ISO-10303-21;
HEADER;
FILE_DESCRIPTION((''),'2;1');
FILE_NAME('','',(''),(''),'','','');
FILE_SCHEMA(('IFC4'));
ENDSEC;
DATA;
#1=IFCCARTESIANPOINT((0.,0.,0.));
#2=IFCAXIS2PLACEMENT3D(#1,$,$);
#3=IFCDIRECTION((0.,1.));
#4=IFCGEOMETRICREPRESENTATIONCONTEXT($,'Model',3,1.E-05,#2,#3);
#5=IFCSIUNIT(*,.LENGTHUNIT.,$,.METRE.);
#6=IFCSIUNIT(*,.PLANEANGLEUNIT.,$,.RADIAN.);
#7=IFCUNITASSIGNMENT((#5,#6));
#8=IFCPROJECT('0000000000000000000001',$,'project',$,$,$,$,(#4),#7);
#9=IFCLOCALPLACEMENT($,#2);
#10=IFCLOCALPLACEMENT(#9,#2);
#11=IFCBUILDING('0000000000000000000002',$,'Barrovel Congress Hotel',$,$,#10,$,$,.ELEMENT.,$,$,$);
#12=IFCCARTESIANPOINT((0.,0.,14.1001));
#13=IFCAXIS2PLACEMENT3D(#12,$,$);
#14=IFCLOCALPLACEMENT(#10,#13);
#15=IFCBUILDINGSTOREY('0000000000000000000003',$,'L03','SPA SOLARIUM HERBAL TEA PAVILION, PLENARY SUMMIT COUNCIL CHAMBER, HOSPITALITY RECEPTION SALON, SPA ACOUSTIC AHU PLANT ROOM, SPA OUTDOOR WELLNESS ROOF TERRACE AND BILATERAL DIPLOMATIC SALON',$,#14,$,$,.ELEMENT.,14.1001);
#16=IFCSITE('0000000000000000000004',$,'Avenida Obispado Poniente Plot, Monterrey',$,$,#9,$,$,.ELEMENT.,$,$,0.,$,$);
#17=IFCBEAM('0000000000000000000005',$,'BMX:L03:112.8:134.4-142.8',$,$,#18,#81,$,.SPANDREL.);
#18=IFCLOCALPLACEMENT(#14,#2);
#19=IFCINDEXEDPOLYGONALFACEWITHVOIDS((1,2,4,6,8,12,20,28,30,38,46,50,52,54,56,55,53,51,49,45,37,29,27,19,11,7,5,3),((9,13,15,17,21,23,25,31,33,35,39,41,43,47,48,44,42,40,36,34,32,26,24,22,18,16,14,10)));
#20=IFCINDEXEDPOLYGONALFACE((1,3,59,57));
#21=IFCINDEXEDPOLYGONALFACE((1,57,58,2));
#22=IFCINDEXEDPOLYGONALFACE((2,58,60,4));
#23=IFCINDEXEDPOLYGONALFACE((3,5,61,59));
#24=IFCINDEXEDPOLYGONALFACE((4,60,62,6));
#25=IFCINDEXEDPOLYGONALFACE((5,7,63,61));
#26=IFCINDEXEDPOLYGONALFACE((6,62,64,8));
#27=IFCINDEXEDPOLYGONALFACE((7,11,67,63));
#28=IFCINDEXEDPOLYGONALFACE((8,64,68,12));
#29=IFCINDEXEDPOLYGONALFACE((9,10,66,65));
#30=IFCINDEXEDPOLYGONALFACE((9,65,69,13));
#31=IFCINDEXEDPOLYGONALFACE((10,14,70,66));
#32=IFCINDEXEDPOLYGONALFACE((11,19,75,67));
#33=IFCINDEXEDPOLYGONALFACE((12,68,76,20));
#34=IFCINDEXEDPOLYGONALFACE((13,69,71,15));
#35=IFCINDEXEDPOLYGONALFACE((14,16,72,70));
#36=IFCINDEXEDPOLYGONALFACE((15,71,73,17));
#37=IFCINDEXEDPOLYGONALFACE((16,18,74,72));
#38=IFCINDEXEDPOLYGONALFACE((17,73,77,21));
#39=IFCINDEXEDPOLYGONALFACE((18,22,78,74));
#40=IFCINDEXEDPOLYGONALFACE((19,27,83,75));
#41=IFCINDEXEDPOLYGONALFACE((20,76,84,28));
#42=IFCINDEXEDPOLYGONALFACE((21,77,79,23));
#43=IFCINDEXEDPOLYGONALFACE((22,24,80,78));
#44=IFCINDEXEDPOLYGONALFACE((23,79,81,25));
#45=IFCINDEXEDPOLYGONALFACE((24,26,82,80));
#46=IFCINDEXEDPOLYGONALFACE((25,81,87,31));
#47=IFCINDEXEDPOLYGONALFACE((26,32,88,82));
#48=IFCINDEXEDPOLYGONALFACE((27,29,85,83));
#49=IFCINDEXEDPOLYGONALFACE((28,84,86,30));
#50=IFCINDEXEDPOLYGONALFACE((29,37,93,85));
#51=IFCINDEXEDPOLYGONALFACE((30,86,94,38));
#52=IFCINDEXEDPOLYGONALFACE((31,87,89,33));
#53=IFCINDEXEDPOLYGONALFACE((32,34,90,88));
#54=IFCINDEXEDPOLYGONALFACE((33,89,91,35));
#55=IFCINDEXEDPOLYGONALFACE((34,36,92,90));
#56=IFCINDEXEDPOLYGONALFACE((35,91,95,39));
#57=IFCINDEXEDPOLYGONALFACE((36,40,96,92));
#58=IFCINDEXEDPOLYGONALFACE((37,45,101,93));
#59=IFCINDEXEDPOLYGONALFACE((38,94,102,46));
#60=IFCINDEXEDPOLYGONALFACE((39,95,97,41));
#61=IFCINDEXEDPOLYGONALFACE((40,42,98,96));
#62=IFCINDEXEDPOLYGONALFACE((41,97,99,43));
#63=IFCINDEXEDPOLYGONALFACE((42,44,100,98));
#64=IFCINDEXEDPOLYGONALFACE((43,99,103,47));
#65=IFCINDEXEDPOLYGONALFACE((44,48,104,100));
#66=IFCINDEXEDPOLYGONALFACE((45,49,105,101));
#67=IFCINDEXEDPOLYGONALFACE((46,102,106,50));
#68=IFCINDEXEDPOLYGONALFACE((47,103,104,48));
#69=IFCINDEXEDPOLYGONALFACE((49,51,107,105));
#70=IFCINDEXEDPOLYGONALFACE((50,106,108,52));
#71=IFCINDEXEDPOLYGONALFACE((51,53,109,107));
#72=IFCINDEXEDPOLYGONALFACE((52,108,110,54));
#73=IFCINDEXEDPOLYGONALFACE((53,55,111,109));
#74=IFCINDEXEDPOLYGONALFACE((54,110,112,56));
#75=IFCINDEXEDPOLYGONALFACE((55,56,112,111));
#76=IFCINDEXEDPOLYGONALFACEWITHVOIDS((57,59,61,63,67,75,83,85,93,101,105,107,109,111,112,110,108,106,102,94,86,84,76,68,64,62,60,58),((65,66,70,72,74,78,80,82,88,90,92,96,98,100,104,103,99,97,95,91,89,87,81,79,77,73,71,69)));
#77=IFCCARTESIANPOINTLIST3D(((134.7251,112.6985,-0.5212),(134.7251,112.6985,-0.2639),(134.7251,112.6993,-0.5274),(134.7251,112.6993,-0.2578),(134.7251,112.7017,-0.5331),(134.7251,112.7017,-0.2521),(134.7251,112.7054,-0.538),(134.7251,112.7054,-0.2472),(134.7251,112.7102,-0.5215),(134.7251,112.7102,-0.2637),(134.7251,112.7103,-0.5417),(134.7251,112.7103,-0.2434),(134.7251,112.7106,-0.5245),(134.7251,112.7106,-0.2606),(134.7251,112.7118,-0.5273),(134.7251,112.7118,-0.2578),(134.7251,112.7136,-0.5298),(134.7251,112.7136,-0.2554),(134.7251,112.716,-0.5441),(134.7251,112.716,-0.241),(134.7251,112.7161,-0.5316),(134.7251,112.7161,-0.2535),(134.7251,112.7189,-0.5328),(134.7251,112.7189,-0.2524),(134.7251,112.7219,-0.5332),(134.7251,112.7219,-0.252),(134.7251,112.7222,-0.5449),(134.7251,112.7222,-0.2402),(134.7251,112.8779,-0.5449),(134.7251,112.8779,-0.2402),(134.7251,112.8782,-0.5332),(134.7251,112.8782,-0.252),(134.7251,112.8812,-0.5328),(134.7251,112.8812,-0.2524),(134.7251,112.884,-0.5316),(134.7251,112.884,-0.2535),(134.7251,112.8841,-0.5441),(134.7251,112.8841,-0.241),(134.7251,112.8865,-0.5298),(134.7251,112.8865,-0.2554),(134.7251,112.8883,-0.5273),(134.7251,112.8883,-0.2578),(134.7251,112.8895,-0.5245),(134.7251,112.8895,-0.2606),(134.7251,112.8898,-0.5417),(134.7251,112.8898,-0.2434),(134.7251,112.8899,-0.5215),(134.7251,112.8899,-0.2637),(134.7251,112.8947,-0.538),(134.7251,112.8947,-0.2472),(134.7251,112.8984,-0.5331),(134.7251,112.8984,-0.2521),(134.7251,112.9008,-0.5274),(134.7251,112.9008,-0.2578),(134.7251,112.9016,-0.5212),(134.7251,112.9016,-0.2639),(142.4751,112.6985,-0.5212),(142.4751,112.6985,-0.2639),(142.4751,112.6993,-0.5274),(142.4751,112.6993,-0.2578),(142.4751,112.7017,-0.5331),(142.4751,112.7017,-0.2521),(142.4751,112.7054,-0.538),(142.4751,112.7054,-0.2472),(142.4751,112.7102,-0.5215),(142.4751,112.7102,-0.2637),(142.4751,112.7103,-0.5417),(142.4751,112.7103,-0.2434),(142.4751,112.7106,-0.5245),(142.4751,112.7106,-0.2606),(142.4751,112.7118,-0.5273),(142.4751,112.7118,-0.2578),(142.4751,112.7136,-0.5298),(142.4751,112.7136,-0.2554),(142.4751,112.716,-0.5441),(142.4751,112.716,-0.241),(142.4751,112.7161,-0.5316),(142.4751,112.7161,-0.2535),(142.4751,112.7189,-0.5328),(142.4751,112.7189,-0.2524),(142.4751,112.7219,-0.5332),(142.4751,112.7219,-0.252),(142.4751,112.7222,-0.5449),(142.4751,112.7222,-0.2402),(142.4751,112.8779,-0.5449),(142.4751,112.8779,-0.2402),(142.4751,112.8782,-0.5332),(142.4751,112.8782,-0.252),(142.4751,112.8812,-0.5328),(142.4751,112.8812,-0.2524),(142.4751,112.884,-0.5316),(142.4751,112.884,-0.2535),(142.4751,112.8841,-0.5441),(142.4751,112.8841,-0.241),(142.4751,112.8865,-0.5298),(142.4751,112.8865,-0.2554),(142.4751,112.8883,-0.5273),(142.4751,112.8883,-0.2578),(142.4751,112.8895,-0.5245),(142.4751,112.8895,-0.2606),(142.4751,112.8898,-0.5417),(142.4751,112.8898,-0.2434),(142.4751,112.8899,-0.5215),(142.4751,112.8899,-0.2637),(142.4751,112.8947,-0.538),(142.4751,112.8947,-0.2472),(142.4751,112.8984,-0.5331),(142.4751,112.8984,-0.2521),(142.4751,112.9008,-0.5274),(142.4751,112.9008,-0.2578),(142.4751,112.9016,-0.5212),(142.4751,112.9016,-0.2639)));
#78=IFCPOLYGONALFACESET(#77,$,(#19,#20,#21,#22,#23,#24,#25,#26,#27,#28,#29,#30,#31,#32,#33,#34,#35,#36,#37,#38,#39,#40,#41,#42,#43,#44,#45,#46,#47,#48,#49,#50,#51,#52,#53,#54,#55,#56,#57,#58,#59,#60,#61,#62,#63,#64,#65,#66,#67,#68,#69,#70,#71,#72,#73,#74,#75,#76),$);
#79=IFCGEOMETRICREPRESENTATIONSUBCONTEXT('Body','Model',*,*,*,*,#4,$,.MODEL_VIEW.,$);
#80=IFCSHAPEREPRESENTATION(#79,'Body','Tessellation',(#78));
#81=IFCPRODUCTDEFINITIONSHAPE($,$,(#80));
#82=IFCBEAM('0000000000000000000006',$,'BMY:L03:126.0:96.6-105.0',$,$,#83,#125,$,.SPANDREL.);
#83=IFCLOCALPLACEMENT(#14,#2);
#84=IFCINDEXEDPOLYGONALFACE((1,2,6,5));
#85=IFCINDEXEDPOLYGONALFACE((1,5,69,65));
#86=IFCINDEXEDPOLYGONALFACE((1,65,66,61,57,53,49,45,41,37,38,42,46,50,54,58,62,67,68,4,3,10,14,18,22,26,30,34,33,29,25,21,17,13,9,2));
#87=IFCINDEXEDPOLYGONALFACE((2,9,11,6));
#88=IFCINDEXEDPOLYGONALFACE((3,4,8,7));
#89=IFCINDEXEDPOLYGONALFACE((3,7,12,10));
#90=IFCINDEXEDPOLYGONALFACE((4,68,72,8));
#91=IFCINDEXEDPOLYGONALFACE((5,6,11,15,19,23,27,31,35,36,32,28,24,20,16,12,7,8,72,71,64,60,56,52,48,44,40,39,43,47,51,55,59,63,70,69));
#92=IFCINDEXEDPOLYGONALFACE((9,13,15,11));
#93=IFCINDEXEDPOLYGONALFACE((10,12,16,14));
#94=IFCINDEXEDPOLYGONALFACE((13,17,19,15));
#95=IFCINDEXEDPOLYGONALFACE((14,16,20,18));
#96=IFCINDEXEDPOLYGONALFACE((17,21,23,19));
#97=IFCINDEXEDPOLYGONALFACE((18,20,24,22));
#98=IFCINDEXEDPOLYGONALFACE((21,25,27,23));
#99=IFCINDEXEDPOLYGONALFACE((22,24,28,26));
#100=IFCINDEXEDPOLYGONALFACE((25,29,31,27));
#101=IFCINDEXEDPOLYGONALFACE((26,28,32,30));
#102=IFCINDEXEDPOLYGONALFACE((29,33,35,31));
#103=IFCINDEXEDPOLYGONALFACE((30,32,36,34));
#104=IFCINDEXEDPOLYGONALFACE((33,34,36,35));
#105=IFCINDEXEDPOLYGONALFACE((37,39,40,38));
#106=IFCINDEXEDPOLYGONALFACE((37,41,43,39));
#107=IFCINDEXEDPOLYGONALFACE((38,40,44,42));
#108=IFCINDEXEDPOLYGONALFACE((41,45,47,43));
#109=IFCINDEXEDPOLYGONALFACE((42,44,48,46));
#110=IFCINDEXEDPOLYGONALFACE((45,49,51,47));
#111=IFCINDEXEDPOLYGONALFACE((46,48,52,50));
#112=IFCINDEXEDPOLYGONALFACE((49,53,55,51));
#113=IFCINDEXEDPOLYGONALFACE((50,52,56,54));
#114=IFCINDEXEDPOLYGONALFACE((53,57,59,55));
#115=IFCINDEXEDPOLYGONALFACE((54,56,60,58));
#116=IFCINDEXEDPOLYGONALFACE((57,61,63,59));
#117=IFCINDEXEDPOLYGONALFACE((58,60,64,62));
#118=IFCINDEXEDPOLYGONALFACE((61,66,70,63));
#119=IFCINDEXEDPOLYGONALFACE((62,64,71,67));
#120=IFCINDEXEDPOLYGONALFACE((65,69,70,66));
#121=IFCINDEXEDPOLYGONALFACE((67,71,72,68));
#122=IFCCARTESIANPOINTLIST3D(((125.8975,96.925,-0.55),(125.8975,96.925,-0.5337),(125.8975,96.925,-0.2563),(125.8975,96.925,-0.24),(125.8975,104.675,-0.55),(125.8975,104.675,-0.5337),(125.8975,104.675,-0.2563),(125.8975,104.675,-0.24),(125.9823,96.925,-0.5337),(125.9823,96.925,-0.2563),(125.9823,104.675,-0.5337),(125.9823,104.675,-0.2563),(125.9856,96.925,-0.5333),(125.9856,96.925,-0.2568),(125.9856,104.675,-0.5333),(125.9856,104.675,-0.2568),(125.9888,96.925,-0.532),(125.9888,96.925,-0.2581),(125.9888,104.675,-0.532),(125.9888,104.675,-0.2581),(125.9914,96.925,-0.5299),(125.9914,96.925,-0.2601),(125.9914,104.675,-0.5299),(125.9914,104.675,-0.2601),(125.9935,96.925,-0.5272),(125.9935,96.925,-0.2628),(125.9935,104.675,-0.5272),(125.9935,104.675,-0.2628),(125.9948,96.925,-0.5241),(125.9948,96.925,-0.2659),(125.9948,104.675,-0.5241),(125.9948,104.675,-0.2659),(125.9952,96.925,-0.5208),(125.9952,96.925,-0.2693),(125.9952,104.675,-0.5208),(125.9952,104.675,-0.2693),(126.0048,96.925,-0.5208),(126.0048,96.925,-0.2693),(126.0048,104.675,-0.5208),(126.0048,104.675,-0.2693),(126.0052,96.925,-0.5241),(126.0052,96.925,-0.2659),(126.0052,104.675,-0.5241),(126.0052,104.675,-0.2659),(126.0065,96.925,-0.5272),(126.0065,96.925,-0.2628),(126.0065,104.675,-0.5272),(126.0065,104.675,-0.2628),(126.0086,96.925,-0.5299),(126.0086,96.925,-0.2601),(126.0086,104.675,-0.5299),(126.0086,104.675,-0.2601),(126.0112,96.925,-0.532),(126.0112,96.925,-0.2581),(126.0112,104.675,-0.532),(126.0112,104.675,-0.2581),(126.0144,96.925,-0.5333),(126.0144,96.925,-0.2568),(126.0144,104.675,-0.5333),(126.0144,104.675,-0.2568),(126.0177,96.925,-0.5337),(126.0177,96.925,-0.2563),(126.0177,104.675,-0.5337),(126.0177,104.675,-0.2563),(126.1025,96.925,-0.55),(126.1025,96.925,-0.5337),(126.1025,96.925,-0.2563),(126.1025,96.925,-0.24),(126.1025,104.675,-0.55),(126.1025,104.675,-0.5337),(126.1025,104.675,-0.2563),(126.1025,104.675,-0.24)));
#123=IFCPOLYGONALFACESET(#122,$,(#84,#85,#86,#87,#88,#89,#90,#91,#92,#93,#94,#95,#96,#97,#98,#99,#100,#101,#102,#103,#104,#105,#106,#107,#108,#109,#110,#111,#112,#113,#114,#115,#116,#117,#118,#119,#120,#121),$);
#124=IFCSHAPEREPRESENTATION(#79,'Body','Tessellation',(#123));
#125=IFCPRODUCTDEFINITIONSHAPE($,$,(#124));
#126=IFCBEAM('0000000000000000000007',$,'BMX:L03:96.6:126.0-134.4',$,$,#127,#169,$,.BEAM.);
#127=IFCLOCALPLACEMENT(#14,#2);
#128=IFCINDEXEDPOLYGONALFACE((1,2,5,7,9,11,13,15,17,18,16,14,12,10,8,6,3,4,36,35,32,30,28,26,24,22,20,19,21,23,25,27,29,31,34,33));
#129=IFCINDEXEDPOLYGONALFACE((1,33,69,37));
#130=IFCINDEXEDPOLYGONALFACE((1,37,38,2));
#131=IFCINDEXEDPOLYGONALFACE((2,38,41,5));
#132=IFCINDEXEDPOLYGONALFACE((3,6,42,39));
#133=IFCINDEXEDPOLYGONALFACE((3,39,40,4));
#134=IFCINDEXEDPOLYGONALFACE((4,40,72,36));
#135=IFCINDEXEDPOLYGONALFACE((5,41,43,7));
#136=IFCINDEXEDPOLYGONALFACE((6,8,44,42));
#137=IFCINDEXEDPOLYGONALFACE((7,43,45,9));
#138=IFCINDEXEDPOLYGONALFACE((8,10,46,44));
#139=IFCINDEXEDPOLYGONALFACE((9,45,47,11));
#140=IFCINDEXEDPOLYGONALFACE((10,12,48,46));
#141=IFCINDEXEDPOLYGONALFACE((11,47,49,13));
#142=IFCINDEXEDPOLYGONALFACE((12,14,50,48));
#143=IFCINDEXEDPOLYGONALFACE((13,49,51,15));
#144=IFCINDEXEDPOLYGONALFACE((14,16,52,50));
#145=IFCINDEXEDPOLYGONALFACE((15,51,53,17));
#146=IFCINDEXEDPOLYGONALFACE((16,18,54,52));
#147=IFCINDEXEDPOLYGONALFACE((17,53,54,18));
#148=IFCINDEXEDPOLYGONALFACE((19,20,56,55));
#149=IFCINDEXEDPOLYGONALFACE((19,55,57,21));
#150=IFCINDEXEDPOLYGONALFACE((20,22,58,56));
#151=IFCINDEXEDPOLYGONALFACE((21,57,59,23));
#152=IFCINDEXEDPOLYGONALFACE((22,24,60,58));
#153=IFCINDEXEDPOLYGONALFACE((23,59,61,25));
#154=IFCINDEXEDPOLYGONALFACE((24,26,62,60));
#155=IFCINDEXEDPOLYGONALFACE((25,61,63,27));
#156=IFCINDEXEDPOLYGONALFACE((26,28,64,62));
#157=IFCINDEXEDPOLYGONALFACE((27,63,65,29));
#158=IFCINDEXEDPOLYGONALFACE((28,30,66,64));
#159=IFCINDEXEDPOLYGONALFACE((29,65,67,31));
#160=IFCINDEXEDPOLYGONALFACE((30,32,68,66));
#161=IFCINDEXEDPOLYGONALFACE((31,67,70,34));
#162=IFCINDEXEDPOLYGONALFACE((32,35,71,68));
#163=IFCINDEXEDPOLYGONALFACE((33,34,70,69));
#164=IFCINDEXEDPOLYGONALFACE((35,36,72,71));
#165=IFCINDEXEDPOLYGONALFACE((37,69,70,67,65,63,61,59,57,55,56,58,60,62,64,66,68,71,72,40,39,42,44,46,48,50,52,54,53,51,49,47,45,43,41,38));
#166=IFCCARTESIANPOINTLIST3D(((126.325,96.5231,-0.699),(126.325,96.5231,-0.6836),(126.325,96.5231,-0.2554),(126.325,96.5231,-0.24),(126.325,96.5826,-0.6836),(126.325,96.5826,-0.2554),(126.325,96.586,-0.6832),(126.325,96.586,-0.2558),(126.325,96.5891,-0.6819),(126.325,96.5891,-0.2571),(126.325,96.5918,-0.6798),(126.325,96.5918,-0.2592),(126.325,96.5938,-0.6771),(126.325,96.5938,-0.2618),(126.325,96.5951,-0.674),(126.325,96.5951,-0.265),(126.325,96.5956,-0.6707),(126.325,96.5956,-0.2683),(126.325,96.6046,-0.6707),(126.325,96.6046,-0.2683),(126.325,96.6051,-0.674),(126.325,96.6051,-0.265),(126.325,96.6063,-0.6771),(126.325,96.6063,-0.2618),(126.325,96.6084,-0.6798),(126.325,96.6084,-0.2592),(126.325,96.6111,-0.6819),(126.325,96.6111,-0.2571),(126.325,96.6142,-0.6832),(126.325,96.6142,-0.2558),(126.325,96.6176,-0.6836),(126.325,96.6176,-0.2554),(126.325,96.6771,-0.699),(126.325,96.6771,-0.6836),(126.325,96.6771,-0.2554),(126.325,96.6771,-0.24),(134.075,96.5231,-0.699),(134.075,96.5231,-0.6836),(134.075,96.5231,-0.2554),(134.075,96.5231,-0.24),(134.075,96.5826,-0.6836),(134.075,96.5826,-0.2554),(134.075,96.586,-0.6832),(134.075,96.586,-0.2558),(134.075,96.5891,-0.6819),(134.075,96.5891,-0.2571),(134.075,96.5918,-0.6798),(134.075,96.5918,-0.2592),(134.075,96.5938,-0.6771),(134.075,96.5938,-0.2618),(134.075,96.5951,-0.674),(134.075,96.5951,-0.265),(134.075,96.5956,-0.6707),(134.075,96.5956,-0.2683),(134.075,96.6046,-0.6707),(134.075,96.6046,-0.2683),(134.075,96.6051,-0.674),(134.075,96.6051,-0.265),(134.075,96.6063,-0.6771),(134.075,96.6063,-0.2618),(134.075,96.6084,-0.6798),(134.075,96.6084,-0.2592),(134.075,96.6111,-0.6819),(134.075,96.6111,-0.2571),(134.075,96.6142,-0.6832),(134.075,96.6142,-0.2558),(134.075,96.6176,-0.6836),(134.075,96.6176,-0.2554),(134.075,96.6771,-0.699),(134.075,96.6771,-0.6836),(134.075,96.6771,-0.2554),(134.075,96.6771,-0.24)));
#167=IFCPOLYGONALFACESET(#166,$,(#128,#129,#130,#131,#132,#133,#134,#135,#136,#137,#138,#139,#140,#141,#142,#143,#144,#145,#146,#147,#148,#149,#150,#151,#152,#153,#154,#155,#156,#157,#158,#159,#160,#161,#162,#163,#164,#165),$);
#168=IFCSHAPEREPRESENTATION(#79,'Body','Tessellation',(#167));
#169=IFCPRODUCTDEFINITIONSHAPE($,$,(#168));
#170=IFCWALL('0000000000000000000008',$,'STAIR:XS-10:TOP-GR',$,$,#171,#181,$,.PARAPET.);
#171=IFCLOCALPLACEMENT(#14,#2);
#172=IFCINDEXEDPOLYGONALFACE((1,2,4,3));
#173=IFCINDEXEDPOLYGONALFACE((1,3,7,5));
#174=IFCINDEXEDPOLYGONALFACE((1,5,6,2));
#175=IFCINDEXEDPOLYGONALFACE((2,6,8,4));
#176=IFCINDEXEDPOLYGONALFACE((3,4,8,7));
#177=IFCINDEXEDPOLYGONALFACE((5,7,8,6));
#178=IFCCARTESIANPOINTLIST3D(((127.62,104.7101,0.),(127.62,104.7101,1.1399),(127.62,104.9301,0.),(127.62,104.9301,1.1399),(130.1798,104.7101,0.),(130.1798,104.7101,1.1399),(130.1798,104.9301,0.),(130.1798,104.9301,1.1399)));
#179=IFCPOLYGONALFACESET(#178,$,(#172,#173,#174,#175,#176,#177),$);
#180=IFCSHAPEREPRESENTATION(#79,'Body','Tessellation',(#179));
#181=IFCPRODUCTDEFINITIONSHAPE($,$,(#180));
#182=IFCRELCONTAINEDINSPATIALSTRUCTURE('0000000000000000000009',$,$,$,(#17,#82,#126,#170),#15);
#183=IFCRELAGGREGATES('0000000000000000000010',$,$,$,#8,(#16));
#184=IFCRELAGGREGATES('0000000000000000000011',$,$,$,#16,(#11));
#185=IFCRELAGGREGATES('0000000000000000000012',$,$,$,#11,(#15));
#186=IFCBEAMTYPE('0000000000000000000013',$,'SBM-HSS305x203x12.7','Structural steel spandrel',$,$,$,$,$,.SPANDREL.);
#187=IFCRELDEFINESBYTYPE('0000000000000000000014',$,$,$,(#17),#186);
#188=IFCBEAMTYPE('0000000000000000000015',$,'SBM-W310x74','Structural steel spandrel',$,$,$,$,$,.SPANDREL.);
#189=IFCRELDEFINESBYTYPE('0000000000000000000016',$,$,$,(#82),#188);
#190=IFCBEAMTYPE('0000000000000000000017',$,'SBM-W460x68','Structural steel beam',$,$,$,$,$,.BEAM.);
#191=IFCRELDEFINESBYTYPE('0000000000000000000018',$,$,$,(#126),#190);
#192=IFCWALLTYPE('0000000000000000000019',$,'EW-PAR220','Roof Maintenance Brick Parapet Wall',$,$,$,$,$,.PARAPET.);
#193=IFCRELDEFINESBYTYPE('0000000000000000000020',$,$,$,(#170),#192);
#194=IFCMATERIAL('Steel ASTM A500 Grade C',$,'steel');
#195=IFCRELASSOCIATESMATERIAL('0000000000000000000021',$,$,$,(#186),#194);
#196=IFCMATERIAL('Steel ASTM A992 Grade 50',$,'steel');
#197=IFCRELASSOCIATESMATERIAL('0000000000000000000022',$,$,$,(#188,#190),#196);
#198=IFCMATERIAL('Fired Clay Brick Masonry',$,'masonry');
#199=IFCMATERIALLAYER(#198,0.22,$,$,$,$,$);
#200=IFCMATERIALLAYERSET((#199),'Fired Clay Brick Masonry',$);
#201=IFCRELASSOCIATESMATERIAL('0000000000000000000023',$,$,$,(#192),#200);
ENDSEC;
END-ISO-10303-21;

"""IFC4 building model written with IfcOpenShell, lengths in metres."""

from ifc_helpers import new_model, si_unit, direction, frame, frame_2d, origin, origin_2d, place, context, subcontext, project, spatial, rectangle, hollow_rectangle, i_section, extrude, material, layer, layer_set, material_profile, profile_set, type_object, element, save


model = new_model("IFC4")

# Units and contexts
model_context = context("Model", 3, precision=1e-05, world=origin(), true_north=direction((0.0, 1.0)))
body_context = subcontext(model_context, "Body", "Model", "MODEL_VIEW")
ifc_project = project(units=[si_unit("LENGTHUNIT", "METRE"), si_unit("PLANEANGLEUNIT", "RADIAN")], contexts=[model_context])

# Site, building, storey
site_placement = place(None, origin())
site = spatial("IfcSite", under=ifc_project, at=site_placement, Name="Avenida Obispado Poniente Plot, Monterrey", CompositionType="ELEMENT", RefElevation=0.0)
building_placement = place(site_placement, origin())
building = spatial("IfcBuilding", under=site, at=building_placement, Name="Barrovel Congress Hotel", CompositionType="ELEMENT")
storey_placement = place(building_placement, frame((0.0, 0.0, 14.1001)))
storey = spatial("IfcBuildingStorey", under=building, at=storey_placement, Name="L03", Description="SPA SOLARIUM HERBAL TEA PAVILION, PLENARY SUMMIT COUNCIL CHAMBER, HOSPITALITY RECEPTION SALON, SPA ACOUSTIC AHU PLANT ROOM, SPA OUTDOOR WELLNESS ROOF TERRACE AND BILATERAL DIPLOMATIC SALON", CompositionType="ELEMENT", Elevation=14.1001)

# Shared definitions
ifc_material_1 = material(Name="Steel ASTM A500 Grade C", Category="steel")

# Beams
ifc_material_profile_1 = material_profile(ifc_material_1, hollow_rectangle(XDim=0.2031, YDim=0.3047, WallThickness=0.0117, InnerFilletRadius=0.0117, OuterFilletRadius=0.0237, at=origin_2d()), Name="HSS305x203x12.7")
ifc_profile_set_1 = profile_set([ifc_material_profile_1], Name="Steel ASTM A500 Grade C")
beam_type_1 = type_object("IfcBeamType", Name="SBM-HSS305x203x12.7", Description="Structural steel spandrel", PredefinedType="SPANDREL", material=ifc_profile_set_1)
beam_1_placement = place(storey_placement, frame((134.7251, 112.8, -0.3926), z_axis=(1.0, 0.0, 0.0), x_axis=(0.0, 1.0, 0.0)))
element("IfcBeam", 1, at=beam_1_placement, inside=storey, type_object=beam_type_1, Name="BMX:L03:112.8:134.4-142.8", PredefinedType="SPANDREL", context=body_context, shape_type="SweptSolid", body=[
    extrude(hollow_rectangle(XDim=0.2031, YDim=0.3047, WallThickness=0.0117, InnerFilletRadius=0.0117, OuterFilletRadius=0.0237, at=origin_2d()), origin(), (0.0, 0.0, 1.0), 7.75),
])
ifc_material_2 = material(Name="Steel ASTM A992 Grade 50", Category="steel")
ifc_material_profile_2 = material_profile(ifc_material_2, i_section(OverallWidth=0.2051, OverallDepth=0.3101, WebThickness=0.0095, FlangeThickness=0.0164, FilletRadius=0.0129, at=origin_2d()), Name="W310x74")
ifc_profile_set_2 = profile_set([ifc_material_profile_2], Name="Steel ASTM A992 Grade 50")
beam_type_2 = type_object("IfcBeamType", Name="SBM-W310x74", Description="Structural steel spandrel", PredefinedType="SPANDREL", material=ifc_profile_set_2)
beam_2_placement = place(storey_placement, frame((126.0, 96.925, -0.395), z_axis=(0.0, 1.0, 0.0), x_axis=(-1.0, 0.0, 0.0)))
element("IfcBeam", 2, at=beam_2_placement, inside=storey, type_object=beam_type_2, Name="BMY:L03:126.0:96.6-105.0", PredefinedType="SPANDREL", context=body_context, shape_type="SweptSolid", body=[
    extrude(i_section(OverallWidth=0.2051, OverallDepth=0.3101, WebThickness=0.0095, FlangeThickness=0.0164, FilletRadius=0.0129, at=origin_2d()), origin(), (0.0, 0.0, 1.0), 7.75),
])
ifc_material_profile_3 = material_profile(ifc_material_2, i_section(OverallWidth=0.1541, OverallDepth=0.459, WebThickness=0.009, FlangeThickness=0.0154, FilletRadius=0.0129, at=origin_2d()), Name="W460x68")
ifc_profile_set_3 = profile_set([ifc_material_profile_3], Name="Steel ASTM A992 Grade 50")
beam_type_3 = type_object("IfcBeamType", Name="SBM-W460x68", Description="Structural steel beam", PredefinedType="BEAM", material=ifc_profile_set_3)
beam_3_placement = place(storey_placement, frame((126.325, 96.6001, -0.4695), z_axis=(1.0, 0.0, 0.0), x_axis=(0.0, 1.0, 0.0)))
element("IfcBeam", 3, at=beam_3_placement, inside=storey, type_object=beam_type_3, Name="BMX:L03:96.6:126.0-134.4", PredefinedType="BEAM", context=body_context, shape_type="SweptSolid", body=[
    extrude(i_section(OverallWidth=0.1541, OverallDepth=0.459, WebThickness=0.009, FlangeThickness=0.0154, FilletRadius=0.0129, at=origin_2d()), origin(), (0.0, 0.0, 1.0), 7.75),
])

# Wall
ifc_material_3 = material(Name="Fired Clay Brick Masonry", Category="masonry")
ifc_layer_1 = layer(ifc_material_3, 0.22)
ifc_layer_set_1 = layer_set([ifc_layer_1], Name="Fired Clay Brick Masonry")
wall_type_1 = type_object("IfcWallType", Name="EW-PAR220", Description="Roof Maintenance Brick Parapet Wall", PredefinedType="PARAPET", material=ifc_layer_set_1)
wall_1_placement = place(storey_placement, frame((127.6201, 104.8201, 0.0), z_axis=(0.0, 0.0, 1.0), x_axis=(1.0, 0.0, 0.0)))
element("IfcWall", 4, at=wall_1_placement, inside=storey, type_object=wall_type_1, Name="STAIR:XS-10:TOP-GR", PredefinedType="PARAPET", context=body_context, shape_type="SweptSolid", body=[
    extrude(rectangle(XDim=2.5598, YDim=0.22, at=frame_2d((1.2798, 0.0))), origin(), (0.0, 0.0, 1.0), 1.1399),
])

save(model, "model.ifc")
